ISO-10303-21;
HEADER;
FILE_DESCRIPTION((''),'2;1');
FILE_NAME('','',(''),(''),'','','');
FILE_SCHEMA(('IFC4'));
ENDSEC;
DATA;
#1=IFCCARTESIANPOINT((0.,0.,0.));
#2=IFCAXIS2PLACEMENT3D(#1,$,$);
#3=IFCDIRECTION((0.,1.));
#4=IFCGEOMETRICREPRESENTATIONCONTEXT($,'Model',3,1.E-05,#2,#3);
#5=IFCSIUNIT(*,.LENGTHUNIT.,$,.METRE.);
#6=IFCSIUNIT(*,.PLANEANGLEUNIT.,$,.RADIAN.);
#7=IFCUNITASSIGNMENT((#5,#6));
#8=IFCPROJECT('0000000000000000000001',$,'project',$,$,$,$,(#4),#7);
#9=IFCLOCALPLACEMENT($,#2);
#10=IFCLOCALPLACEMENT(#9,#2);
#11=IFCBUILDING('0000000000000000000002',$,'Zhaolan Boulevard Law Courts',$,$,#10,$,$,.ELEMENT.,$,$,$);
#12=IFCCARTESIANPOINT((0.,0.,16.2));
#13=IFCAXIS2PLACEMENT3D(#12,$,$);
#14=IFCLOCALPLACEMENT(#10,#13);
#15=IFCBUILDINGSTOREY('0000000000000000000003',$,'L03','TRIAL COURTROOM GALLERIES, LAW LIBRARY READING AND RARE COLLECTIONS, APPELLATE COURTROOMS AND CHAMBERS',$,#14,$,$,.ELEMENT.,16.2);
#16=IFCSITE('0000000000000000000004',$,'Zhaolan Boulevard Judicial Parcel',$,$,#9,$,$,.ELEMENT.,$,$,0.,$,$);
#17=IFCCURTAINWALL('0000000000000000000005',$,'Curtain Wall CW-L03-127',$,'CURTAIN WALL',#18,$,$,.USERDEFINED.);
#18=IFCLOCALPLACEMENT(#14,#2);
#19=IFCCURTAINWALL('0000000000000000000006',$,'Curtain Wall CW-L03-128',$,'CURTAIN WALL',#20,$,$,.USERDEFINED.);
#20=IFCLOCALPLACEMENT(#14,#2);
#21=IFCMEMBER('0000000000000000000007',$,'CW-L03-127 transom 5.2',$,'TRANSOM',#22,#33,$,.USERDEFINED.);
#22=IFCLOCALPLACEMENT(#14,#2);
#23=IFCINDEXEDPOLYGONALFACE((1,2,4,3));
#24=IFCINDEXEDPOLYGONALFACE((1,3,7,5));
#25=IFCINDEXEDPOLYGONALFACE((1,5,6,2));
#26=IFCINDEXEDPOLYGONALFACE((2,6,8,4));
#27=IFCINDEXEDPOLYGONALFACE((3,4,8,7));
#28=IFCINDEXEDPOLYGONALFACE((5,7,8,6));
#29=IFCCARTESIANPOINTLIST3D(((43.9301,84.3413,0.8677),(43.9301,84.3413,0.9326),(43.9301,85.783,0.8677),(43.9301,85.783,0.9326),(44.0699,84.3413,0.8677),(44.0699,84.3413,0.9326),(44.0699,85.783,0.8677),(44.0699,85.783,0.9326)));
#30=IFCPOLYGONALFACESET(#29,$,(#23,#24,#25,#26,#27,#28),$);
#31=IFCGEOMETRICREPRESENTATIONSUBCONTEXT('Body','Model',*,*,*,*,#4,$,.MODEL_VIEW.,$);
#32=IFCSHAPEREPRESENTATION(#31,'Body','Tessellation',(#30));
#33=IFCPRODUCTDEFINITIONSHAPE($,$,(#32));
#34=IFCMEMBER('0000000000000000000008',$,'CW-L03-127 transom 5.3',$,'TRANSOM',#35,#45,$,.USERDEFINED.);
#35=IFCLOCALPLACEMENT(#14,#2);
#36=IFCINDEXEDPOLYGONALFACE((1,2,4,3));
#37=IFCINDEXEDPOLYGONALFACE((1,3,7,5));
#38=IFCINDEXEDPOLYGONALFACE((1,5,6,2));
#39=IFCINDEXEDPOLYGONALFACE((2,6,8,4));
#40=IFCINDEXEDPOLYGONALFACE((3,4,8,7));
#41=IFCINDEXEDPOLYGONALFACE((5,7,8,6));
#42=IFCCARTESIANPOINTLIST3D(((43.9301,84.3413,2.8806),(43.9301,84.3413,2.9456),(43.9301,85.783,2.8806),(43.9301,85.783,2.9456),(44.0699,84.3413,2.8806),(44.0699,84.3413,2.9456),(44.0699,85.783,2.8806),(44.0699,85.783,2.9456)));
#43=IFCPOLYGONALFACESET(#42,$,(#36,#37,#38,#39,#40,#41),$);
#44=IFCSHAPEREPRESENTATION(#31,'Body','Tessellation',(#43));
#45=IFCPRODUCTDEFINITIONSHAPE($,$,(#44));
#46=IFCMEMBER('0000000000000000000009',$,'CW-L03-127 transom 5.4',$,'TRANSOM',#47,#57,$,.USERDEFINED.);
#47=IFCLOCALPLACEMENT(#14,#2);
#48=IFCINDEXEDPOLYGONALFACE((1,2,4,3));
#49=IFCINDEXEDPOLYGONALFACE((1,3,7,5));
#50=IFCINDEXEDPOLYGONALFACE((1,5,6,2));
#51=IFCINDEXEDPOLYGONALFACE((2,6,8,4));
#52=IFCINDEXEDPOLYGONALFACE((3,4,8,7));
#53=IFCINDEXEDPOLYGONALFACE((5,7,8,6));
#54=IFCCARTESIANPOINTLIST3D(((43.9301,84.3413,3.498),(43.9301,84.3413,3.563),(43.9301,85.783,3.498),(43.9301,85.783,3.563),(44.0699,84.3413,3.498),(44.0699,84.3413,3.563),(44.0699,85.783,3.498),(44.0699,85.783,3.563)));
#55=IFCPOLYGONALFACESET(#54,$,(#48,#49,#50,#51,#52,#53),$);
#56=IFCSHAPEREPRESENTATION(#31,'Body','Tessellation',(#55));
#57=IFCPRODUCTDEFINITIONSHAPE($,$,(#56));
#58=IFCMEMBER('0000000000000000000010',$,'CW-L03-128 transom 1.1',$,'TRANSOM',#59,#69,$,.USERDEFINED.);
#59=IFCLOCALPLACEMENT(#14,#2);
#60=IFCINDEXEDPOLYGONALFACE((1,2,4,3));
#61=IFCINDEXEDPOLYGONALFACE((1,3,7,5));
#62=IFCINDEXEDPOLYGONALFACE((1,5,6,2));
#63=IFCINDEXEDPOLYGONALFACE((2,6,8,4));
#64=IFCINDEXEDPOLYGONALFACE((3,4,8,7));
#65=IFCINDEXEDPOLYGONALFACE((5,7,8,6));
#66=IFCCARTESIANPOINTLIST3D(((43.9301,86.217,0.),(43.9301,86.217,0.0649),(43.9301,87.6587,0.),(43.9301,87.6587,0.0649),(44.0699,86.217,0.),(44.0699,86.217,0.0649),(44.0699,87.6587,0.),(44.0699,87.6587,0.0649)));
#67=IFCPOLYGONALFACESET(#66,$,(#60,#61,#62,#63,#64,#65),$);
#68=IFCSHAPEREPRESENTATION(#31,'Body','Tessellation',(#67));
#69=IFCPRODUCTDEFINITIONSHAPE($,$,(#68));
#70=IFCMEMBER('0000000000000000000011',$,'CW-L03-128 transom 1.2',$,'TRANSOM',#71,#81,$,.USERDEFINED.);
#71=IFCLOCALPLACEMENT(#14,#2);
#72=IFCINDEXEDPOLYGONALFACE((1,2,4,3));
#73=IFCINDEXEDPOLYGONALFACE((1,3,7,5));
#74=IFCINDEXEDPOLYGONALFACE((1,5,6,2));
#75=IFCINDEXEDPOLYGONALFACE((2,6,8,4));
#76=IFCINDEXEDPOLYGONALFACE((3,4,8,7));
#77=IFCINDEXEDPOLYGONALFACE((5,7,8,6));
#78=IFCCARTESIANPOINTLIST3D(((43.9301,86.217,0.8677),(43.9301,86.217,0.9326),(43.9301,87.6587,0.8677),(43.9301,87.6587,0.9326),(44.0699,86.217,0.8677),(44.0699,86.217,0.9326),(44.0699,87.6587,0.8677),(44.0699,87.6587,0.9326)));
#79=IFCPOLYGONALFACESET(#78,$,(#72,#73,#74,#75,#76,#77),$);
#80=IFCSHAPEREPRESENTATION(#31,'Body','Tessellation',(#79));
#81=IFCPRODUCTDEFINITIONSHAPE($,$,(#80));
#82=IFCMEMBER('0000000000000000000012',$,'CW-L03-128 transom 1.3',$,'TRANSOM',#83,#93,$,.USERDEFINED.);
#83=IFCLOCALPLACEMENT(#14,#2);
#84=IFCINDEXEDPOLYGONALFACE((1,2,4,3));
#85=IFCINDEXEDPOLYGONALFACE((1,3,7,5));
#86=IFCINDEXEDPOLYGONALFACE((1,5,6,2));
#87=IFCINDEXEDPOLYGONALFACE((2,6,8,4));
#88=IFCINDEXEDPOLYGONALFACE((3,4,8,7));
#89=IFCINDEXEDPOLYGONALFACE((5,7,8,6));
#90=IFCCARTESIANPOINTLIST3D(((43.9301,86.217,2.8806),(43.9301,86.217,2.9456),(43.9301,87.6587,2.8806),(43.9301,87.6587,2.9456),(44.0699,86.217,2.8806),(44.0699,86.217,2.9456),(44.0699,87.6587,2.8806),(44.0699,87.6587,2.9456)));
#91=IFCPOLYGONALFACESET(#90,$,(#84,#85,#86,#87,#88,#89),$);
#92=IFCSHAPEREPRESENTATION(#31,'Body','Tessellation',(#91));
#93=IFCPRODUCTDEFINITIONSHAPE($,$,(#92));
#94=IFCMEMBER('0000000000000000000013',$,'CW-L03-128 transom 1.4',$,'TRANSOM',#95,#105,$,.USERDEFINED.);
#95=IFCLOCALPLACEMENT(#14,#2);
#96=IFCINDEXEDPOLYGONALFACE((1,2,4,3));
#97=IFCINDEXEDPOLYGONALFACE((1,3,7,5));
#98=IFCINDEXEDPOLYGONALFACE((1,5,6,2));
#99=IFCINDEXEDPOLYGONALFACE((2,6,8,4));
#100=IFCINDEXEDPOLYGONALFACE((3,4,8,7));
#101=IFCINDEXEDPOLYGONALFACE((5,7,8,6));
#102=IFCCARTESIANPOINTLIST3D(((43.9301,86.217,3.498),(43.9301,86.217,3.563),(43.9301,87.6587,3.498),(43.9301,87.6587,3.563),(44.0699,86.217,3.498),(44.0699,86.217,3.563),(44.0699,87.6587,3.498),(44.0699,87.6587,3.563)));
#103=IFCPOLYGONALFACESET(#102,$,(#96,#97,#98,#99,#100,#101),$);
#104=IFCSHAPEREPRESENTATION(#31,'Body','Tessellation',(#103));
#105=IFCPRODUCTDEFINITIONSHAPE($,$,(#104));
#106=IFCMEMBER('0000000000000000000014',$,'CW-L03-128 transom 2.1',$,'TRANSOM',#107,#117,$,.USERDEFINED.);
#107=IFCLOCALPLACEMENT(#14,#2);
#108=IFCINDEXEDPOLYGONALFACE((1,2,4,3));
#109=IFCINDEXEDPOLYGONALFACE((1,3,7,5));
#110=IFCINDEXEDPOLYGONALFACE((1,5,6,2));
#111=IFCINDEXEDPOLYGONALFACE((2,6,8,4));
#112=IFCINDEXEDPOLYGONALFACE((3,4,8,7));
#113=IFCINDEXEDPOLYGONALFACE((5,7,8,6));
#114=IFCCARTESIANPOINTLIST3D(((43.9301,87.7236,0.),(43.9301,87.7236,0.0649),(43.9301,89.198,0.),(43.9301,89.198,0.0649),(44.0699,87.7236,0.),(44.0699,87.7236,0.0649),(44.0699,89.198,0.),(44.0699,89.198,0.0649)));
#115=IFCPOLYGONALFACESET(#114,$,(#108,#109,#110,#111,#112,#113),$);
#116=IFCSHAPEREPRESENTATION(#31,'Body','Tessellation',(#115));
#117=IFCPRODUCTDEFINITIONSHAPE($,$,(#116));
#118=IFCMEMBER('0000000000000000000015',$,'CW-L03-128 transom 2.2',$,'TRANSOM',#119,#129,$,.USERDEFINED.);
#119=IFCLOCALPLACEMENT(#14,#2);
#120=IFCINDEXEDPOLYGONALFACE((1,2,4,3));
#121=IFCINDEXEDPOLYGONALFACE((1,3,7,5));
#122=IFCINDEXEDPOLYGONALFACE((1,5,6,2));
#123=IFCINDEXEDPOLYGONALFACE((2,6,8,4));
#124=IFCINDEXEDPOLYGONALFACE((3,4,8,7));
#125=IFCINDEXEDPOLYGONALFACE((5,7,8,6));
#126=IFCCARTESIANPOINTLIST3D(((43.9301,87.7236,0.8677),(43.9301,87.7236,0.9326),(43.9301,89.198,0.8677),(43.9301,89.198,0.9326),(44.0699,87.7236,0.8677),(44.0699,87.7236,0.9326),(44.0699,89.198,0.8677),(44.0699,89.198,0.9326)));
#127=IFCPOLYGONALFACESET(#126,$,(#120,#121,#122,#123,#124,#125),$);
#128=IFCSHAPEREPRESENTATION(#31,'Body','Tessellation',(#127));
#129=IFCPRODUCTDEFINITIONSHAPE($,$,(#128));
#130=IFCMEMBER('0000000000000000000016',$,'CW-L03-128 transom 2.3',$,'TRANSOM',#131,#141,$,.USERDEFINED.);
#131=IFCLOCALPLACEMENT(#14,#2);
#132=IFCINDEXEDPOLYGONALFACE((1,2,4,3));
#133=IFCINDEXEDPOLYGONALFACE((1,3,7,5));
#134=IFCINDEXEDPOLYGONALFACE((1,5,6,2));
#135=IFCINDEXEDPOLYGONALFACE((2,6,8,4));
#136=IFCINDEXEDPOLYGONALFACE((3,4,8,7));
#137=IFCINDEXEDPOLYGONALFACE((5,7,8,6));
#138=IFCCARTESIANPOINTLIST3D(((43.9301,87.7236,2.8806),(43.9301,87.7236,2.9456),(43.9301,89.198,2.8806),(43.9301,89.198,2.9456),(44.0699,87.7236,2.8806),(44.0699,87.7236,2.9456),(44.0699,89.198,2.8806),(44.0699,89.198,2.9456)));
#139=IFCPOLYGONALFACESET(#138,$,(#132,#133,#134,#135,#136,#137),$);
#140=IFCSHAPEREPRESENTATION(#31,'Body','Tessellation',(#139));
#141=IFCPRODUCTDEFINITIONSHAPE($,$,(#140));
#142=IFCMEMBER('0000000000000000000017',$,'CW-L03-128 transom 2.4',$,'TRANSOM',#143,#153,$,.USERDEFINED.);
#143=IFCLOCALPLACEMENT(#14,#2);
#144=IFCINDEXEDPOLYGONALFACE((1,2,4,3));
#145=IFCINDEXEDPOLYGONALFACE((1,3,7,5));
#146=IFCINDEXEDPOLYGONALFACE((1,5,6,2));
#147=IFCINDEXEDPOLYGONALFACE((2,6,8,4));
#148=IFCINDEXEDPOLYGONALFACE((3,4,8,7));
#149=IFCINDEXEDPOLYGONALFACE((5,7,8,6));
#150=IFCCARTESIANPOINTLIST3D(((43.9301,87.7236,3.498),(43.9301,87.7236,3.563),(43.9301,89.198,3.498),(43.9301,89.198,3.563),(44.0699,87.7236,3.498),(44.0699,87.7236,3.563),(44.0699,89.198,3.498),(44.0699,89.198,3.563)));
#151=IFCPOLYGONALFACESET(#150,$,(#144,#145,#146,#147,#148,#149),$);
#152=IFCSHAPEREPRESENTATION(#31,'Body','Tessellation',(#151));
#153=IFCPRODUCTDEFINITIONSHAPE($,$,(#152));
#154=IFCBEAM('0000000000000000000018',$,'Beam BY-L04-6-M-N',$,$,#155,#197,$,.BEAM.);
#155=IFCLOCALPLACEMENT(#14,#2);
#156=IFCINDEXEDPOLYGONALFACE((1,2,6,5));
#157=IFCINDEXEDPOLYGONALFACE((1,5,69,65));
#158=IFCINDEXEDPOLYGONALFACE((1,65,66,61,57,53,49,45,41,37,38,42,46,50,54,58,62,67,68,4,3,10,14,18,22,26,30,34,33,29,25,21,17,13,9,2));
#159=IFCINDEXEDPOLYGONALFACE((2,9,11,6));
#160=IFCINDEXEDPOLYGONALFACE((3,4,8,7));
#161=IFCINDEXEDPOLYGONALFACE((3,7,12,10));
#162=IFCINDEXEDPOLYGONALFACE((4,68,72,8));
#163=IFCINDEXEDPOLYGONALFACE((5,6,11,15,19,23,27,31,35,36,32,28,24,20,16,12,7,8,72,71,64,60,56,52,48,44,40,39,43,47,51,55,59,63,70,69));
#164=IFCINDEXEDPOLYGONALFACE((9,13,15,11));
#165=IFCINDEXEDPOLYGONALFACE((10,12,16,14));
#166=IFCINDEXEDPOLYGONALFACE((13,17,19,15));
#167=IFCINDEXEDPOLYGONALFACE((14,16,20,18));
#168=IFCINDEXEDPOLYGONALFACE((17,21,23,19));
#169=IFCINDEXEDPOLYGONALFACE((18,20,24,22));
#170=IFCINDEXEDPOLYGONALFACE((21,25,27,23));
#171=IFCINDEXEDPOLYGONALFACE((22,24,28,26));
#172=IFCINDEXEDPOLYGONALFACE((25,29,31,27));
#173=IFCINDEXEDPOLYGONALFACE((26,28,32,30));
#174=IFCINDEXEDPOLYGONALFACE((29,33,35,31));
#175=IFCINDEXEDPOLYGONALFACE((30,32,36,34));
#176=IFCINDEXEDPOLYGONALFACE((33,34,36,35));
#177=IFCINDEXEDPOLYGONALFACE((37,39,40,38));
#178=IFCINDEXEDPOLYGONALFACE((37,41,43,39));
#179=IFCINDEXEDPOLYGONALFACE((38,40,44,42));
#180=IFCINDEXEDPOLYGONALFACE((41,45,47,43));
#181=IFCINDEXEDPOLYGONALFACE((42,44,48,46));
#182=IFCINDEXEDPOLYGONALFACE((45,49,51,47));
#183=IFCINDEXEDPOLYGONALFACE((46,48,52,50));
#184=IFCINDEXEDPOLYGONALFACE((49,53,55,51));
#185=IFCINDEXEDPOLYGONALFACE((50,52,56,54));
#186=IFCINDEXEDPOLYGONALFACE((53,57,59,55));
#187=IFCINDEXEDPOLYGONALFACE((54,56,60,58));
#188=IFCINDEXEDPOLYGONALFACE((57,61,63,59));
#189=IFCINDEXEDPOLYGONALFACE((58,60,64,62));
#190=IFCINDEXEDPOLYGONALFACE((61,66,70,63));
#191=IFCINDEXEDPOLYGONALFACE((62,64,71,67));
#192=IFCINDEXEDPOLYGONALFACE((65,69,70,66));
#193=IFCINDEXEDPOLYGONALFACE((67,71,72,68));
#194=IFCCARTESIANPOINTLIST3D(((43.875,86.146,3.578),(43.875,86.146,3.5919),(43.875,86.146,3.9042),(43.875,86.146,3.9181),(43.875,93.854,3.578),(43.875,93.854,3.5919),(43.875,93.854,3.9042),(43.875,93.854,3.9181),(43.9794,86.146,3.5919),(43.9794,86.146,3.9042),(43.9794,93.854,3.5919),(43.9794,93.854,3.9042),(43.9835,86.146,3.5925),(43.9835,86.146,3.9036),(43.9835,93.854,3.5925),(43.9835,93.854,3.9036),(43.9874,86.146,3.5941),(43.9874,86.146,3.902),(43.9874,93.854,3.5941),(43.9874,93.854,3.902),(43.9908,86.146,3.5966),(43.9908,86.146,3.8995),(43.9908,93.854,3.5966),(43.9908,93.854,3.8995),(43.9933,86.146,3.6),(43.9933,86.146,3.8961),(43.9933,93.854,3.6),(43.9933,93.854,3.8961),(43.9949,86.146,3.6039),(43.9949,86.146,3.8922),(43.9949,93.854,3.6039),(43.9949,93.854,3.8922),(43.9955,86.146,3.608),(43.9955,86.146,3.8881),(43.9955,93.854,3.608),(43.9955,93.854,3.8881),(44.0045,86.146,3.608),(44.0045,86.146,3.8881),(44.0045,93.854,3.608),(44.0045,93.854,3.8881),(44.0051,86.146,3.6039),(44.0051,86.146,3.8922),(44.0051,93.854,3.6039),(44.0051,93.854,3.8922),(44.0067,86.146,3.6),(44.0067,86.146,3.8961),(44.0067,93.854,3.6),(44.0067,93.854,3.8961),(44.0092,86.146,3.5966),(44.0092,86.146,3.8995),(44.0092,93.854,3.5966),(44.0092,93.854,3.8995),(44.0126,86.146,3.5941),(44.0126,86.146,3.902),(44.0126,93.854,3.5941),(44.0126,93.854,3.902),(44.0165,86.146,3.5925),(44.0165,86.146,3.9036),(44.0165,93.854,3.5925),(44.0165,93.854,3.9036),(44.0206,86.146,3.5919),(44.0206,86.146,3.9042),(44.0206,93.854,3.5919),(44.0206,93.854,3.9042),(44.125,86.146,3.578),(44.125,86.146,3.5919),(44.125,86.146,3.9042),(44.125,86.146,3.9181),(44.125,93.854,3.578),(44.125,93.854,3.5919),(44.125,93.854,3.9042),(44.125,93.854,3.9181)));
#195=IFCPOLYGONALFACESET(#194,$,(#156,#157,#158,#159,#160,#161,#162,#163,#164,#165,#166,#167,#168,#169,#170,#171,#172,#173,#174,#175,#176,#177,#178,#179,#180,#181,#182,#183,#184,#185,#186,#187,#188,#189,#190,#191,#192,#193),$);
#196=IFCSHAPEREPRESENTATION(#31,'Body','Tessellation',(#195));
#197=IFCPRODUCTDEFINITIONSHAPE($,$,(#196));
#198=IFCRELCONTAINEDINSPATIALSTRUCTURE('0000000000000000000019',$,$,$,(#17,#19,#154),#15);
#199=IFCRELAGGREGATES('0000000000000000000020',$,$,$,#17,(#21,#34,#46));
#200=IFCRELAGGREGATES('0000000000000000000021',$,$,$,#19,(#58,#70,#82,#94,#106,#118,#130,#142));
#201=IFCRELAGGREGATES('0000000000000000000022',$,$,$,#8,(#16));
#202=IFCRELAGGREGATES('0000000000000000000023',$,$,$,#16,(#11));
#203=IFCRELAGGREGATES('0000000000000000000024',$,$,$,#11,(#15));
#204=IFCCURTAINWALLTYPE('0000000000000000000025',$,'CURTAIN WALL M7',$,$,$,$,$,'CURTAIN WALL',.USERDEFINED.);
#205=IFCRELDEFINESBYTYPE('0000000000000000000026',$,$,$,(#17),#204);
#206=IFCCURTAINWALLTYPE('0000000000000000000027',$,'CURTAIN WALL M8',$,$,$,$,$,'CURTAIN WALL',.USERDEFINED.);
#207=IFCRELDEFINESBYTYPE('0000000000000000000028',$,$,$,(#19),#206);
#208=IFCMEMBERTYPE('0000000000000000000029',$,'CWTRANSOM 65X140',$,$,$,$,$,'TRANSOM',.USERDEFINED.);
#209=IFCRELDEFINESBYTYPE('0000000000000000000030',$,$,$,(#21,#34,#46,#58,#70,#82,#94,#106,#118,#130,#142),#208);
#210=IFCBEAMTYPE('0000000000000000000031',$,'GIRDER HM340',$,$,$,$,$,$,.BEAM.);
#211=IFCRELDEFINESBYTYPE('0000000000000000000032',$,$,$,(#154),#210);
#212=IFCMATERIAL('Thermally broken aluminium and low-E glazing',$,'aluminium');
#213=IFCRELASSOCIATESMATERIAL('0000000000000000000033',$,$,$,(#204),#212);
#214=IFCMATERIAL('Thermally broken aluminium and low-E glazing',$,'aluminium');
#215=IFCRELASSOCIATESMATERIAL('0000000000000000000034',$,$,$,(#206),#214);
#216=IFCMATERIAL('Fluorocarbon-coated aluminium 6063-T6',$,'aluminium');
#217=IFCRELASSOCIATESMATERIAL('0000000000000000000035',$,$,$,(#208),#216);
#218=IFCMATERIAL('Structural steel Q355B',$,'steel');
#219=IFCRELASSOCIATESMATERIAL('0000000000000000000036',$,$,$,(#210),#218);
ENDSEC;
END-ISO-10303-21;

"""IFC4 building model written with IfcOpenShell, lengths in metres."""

from ifc_helpers import new_model, si_unit, direction, frame, origin, origin_2d, place, context, subcontext, project, spatial, rectangle, i_section, extrude, material, material_profile, profile_set, type_object, element, aggregate, save


model = new_model("IFC4")

# Units and contexts
model_context = context("Model", 3, precision=1e-05, world=origin(), true_north=direction((0.0, 1.0)))
body_context = subcontext(model_context, "Body", "Model", "MODEL_VIEW")
ifc_project = project(units=[si_unit("LENGTHUNIT", "METRE"), si_unit("PLANEANGLEUNIT", "RADIAN")], contexts=[model_context])

# Site, building, storey
site_placement = place(None, origin())
site = spatial("IfcSite", under=ifc_project, at=site_placement, Name="Zhaolan Boulevard Judicial Parcel", CompositionType="ELEMENT", RefElevation=0.0)
building_placement = place(site_placement, origin())
building = spatial("IfcBuilding", under=site, at=building_placement, Name="Zhaolan Boulevard Law Courts", CompositionType="ELEMENT")
storey_placement = place(building_placement, frame((0.0, 0.0, 16.2)))
storey = spatial("IfcBuildingStorey", under=building, at=storey_placement, Name="L03", Description="TRIAL COURTROOM GALLERIES, LAW LIBRARY READING AND RARE COLLECTIONS, APPELLATE COURTROOMS AND CHAMBERS", CompositionType="ELEMENT", Elevation=16.2)

# Curtain walls
ifc_material_1 = material(Name="Thermally broken aluminium and low-E glazing", Category="aluminium")
curtain_wall_type_1 = type_object("IfcCurtainWallType", Name="CURTAIN WALL M7", ElementType="CURTAIN WALL", PredefinedType="USERDEFINED", material=ifc_material_1)
curtain_wall_1_placement = place(storey_placement, origin())
curtain_wall_1 = element("IfcCurtainWall", 1, at=curtain_wall_1_placement, inside=storey, type_object=curtain_wall_type_1, Name="Curtain Wall CW-L03-127", ObjectType="CURTAIN WALL", PredefinedType="USERDEFINED")
ifc_material_2 = material(Name="Thermally broken aluminium and low-E glazing", Category="aluminium")
curtain_wall_type_2 = type_object("IfcCurtainWallType", Name="CURTAIN WALL M8", ElementType="CURTAIN WALL", PredefinedType="USERDEFINED", material=ifc_material_2)
curtain_wall_2_placement = place(storey_placement, origin())
curtain_wall_2 = element("IfcCurtainWall", 2, at=curtain_wall_2_placement, inside=storey, type_object=curtain_wall_type_2, Name="Curtain Wall CW-L03-128", ObjectType="CURTAIN WALL", PredefinedType="USERDEFINED")

# Members
ifc_material_3 = material(Name="Fluorocarbon-coated aluminium 6063-T6", Category="aluminium")
ifc_material_profile_1 = material_profile(ifc_material_3, rectangle(XDim=0.1399, YDim=0.0649, at=origin_2d()), Name="AL65x140")
ifc_profile_set_1 = profile_set([ifc_material_profile_1], Name="Fluorocarbon-coated aluminium 6063-T6")
member_type_1 = type_object("IfcMemberType", Name="CWTRANSOM 65X140", ElementType="TRANSOM", PredefinedType="USERDEFINED", material=ifc_profile_set_1)
member_1_placement = place(storey_placement, frame((44.0, 84.3413, 0.9001), z_axis=(0.0, 1.0, 0.0), x_axis=(-1.0, 0.0, 0.0)))
member_1 = element("IfcMember", 3, at=member_1_placement, type_object=member_type_1, Name="CW-L03-127 transom 5.2", ObjectType="TRANSOM", PredefinedType="USERDEFINED", context=body_context, shape_type="SweptSolid", body=[
    extrude(rectangle(XDim=0.1399, YDim=0.0649, at=origin_2d()), origin(), (0.0, 0.0, 1.0), 1.4417),
])
member_2_placement = place(storey_placement, frame((44.0, 84.3413, 2.9131), z_axis=(0.0, 1.0, 0.0), x_axis=(-1.0, 0.0, 0.0)))
member_2 = element("IfcMember", 4, at=member_2_placement, type_object=member_type_1, Name="CW-L03-127 transom 5.3", ObjectType="TRANSOM", PredefinedType="USERDEFINED", context=body_context, shape_type="SweptSolid", body=[
    extrude(rectangle(XDim=0.1399, YDim=0.0649, at=origin_2d()), origin(), (0.0, 0.0, 1.0), 1.4417),
])
member_3_placement = place(storey_placement, frame((44.0, 84.3413, 3.5305), z_axis=(0.0, 1.0, 0.0), x_axis=(-1.0, 0.0, 0.0)))
member_3 = element("IfcMember", 5, at=member_3_placement, type_object=member_type_1, Name="CW-L03-127 transom 5.4", ObjectType="TRANSOM", PredefinedType="USERDEFINED", context=body_context, shape_type="SweptSolid", body=[
    extrude(rectangle(XDim=0.1399, YDim=0.0649, at=origin_2d()), origin(), (0.0, 0.0, 1.0), 1.4417),
])
member_4_placement = place(storey_placement, frame((44.0, 86.217, 0.0325), z_axis=(0.0, 1.0, 0.0), x_axis=(-1.0, 0.0, 0.0)))
member_4 = element("IfcMember", 6, at=member_4_placement, type_object=member_type_1, Name="CW-L03-128 transom 1.1", ObjectType="TRANSOM", PredefinedType="USERDEFINED", context=body_context, shape_type="SweptSolid", body=[
    extrude(rectangle(XDim=0.1399, YDim=0.0649, at=origin_2d()), origin(), (0.0, 0.0, 1.0), 1.4417),
])
member_5_placement = place(storey_placement, frame((44.0, 86.217, 0.9001), z_axis=(0.0, 1.0, 0.0), x_axis=(-1.0, 0.0, 0.0)))
member_5 = element("IfcMember", 7, at=member_5_placement, type_object=member_type_1, Name="CW-L03-128 transom 1.2", ObjectType="TRANSOM", PredefinedType="USERDEFINED", context=body_context, shape_type="SweptSolid", body=[
    extrude(rectangle(XDim=0.1399, YDim=0.0649, at=origin_2d()), origin(), (0.0, 0.0, 1.0), 1.4417),
])
member_6_placement = place(storey_placement, frame((44.0, 86.217, 2.9131), z_axis=(0.0, 1.0, 0.0), x_axis=(-1.0, 0.0, 0.0)))
member_6 = element("IfcMember", 8, at=member_6_placement, type_object=member_type_1, Name="CW-L03-128 transom 1.3", ObjectType="TRANSOM", PredefinedType="USERDEFINED", context=body_context, shape_type="SweptSolid", body=[
    extrude(rectangle(XDim=0.1399, YDim=0.0649, at=origin_2d()), origin(), (0.0, 0.0, 1.0), 1.4417),
])
member_7_placement = place(storey_placement, frame((44.0, 86.217, 3.5305), z_axis=(0.0, 1.0, 0.0), x_axis=(-1.0, 0.0, 0.0)))
member_7 = element("IfcMember", 9, at=member_7_placement, type_object=member_type_1, Name="CW-L03-128 transom 1.4", ObjectType="TRANSOM", PredefinedType="USERDEFINED", context=body_context, shape_type="SweptSolid", body=[
    extrude(rectangle(XDim=0.1399, YDim=0.0649, at=origin_2d()), origin(), (0.0, 0.0, 1.0), 1.4417),
])
member_8_placement = place(storey_placement, frame((44.0, 87.7236, 0.0325), z_axis=(0.0, 1.0, 0.0), x_axis=(-1.0, 0.0, 0.0)))
member_8 = element("IfcMember", 10, at=member_8_placement, type_object=member_type_1, Name="CW-L03-128 transom 2.1", ObjectType="TRANSOM", PredefinedType="USERDEFINED", context=body_context, shape_type="SweptSolid", body=[
    extrude(rectangle(XDim=0.1399, YDim=0.0649, at=origin_2d()), origin(), (0.0, 0.0, 1.0), 1.4744),
])
member_9_placement = place(storey_placement, frame((44.0, 87.7236, 0.9001), z_axis=(0.0, 1.0, 0.0), x_axis=(-1.0, 0.0, 0.0)))
member_9 = element("IfcMember", 11, at=member_9_placement, type_object=member_type_1, Name="CW-L03-128 transom 2.2", ObjectType="TRANSOM", PredefinedType="USERDEFINED", context=body_context, shape_type="SweptSolid", body=[
    extrude(rectangle(XDim=0.1399, YDim=0.0649, at=origin_2d()), origin(), (0.0, 0.0, 1.0), 1.4744),
])
member_10_placement = place(storey_placement, frame((44.0, 87.7236, 2.9131), z_axis=(0.0, 1.0, 0.0), x_axis=(-1.0, 0.0, 0.0)))
member_10 = element("IfcMember", 12, at=member_10_placement, type_object=member_type_1, Name="CW-L03-128 transom 2.3", ObjectType="TRANSOM", PredefinedType="USERDEFINED", context=body_context, shape_type="SweptSolid", body=[
    extrude(rectangle(XDim=0.1399, YDim=0.0649, at=origin_2d()), origin(), (0.0, 0.0, 1.0), 1.4744),
])
member_11_placement = place(storey_placement, frame((44.0, 87.7236, 3.5305), z_axis=(0.0, 1.0, 0.0), x_axis=(-1.0, 0.0, 0.0)))
member_11 = element("IfcMember", 13, at=member_11_placement, type_object=member_type_1, Name="CW-L03-128 transom 2.4", ObjectType="TRANSOM", PredefinedType="USERDEFINED", context=body_context, shape_type="SweptSolid", body=[
    extrude(rectangle(XDim=0.1399, YDim=0.0649, at=origin_2d()), origin(), (0.0, 0.0, 1.0), 1.4744),
])

# Beam
ifc_material_4 = material(Name="Structural steel Q355B", Category="steel")
ifc_material_profile_2 = material_profile(ifc_material_4, i_section(OverallWidth=0.25, OverallDepth=0.3401, WebThickness=0.009, FlangeThickness=0.0139, FilletRadius=0.0161, at=origin_2d()), Name="HM340x250")
ifc_profile_set_2 = profile_set([ifc_material_profile_2], Name="Structural steel Q355B")
beam_type_1 = type_object("IfcBeamType", Name="GIRDER HM340", PredefinedType="BEAM", material=ifc_profile_set_2)
beam_1_placement = place(storey_placement, frame((44.0, 86.146, 3.748), z_axis=(0.0, 1.0, 0.0), x_axis=(-1.0, 0.0, 0.0)))
element("IfcBeam", 14, at=beam_1_placement, inside=storey, type_object=beam_type_1, Name="Beam BY-L04-6-M-N", PredefinedType="BEAM", context=body_context, shape_type="SweptSolid", body=[
    extrude(i_section(OverallWidth=0.25, OverallDepth=0.3401, WebThickness=0.009, FlangeThickness=0.0139, FilletRadius=0.0161, at=origin_2d()), origin(), (0.0, 0.0, 1.0), 7.708),
])

aggregate(curtain_wall_1, [member_1, member_2, member_3])
aggregate(curtain_wall_2, [member_4, member_5, member_6, member_7, member_8, member_9, member_10, member_11])

save(model, "model.ifc")
